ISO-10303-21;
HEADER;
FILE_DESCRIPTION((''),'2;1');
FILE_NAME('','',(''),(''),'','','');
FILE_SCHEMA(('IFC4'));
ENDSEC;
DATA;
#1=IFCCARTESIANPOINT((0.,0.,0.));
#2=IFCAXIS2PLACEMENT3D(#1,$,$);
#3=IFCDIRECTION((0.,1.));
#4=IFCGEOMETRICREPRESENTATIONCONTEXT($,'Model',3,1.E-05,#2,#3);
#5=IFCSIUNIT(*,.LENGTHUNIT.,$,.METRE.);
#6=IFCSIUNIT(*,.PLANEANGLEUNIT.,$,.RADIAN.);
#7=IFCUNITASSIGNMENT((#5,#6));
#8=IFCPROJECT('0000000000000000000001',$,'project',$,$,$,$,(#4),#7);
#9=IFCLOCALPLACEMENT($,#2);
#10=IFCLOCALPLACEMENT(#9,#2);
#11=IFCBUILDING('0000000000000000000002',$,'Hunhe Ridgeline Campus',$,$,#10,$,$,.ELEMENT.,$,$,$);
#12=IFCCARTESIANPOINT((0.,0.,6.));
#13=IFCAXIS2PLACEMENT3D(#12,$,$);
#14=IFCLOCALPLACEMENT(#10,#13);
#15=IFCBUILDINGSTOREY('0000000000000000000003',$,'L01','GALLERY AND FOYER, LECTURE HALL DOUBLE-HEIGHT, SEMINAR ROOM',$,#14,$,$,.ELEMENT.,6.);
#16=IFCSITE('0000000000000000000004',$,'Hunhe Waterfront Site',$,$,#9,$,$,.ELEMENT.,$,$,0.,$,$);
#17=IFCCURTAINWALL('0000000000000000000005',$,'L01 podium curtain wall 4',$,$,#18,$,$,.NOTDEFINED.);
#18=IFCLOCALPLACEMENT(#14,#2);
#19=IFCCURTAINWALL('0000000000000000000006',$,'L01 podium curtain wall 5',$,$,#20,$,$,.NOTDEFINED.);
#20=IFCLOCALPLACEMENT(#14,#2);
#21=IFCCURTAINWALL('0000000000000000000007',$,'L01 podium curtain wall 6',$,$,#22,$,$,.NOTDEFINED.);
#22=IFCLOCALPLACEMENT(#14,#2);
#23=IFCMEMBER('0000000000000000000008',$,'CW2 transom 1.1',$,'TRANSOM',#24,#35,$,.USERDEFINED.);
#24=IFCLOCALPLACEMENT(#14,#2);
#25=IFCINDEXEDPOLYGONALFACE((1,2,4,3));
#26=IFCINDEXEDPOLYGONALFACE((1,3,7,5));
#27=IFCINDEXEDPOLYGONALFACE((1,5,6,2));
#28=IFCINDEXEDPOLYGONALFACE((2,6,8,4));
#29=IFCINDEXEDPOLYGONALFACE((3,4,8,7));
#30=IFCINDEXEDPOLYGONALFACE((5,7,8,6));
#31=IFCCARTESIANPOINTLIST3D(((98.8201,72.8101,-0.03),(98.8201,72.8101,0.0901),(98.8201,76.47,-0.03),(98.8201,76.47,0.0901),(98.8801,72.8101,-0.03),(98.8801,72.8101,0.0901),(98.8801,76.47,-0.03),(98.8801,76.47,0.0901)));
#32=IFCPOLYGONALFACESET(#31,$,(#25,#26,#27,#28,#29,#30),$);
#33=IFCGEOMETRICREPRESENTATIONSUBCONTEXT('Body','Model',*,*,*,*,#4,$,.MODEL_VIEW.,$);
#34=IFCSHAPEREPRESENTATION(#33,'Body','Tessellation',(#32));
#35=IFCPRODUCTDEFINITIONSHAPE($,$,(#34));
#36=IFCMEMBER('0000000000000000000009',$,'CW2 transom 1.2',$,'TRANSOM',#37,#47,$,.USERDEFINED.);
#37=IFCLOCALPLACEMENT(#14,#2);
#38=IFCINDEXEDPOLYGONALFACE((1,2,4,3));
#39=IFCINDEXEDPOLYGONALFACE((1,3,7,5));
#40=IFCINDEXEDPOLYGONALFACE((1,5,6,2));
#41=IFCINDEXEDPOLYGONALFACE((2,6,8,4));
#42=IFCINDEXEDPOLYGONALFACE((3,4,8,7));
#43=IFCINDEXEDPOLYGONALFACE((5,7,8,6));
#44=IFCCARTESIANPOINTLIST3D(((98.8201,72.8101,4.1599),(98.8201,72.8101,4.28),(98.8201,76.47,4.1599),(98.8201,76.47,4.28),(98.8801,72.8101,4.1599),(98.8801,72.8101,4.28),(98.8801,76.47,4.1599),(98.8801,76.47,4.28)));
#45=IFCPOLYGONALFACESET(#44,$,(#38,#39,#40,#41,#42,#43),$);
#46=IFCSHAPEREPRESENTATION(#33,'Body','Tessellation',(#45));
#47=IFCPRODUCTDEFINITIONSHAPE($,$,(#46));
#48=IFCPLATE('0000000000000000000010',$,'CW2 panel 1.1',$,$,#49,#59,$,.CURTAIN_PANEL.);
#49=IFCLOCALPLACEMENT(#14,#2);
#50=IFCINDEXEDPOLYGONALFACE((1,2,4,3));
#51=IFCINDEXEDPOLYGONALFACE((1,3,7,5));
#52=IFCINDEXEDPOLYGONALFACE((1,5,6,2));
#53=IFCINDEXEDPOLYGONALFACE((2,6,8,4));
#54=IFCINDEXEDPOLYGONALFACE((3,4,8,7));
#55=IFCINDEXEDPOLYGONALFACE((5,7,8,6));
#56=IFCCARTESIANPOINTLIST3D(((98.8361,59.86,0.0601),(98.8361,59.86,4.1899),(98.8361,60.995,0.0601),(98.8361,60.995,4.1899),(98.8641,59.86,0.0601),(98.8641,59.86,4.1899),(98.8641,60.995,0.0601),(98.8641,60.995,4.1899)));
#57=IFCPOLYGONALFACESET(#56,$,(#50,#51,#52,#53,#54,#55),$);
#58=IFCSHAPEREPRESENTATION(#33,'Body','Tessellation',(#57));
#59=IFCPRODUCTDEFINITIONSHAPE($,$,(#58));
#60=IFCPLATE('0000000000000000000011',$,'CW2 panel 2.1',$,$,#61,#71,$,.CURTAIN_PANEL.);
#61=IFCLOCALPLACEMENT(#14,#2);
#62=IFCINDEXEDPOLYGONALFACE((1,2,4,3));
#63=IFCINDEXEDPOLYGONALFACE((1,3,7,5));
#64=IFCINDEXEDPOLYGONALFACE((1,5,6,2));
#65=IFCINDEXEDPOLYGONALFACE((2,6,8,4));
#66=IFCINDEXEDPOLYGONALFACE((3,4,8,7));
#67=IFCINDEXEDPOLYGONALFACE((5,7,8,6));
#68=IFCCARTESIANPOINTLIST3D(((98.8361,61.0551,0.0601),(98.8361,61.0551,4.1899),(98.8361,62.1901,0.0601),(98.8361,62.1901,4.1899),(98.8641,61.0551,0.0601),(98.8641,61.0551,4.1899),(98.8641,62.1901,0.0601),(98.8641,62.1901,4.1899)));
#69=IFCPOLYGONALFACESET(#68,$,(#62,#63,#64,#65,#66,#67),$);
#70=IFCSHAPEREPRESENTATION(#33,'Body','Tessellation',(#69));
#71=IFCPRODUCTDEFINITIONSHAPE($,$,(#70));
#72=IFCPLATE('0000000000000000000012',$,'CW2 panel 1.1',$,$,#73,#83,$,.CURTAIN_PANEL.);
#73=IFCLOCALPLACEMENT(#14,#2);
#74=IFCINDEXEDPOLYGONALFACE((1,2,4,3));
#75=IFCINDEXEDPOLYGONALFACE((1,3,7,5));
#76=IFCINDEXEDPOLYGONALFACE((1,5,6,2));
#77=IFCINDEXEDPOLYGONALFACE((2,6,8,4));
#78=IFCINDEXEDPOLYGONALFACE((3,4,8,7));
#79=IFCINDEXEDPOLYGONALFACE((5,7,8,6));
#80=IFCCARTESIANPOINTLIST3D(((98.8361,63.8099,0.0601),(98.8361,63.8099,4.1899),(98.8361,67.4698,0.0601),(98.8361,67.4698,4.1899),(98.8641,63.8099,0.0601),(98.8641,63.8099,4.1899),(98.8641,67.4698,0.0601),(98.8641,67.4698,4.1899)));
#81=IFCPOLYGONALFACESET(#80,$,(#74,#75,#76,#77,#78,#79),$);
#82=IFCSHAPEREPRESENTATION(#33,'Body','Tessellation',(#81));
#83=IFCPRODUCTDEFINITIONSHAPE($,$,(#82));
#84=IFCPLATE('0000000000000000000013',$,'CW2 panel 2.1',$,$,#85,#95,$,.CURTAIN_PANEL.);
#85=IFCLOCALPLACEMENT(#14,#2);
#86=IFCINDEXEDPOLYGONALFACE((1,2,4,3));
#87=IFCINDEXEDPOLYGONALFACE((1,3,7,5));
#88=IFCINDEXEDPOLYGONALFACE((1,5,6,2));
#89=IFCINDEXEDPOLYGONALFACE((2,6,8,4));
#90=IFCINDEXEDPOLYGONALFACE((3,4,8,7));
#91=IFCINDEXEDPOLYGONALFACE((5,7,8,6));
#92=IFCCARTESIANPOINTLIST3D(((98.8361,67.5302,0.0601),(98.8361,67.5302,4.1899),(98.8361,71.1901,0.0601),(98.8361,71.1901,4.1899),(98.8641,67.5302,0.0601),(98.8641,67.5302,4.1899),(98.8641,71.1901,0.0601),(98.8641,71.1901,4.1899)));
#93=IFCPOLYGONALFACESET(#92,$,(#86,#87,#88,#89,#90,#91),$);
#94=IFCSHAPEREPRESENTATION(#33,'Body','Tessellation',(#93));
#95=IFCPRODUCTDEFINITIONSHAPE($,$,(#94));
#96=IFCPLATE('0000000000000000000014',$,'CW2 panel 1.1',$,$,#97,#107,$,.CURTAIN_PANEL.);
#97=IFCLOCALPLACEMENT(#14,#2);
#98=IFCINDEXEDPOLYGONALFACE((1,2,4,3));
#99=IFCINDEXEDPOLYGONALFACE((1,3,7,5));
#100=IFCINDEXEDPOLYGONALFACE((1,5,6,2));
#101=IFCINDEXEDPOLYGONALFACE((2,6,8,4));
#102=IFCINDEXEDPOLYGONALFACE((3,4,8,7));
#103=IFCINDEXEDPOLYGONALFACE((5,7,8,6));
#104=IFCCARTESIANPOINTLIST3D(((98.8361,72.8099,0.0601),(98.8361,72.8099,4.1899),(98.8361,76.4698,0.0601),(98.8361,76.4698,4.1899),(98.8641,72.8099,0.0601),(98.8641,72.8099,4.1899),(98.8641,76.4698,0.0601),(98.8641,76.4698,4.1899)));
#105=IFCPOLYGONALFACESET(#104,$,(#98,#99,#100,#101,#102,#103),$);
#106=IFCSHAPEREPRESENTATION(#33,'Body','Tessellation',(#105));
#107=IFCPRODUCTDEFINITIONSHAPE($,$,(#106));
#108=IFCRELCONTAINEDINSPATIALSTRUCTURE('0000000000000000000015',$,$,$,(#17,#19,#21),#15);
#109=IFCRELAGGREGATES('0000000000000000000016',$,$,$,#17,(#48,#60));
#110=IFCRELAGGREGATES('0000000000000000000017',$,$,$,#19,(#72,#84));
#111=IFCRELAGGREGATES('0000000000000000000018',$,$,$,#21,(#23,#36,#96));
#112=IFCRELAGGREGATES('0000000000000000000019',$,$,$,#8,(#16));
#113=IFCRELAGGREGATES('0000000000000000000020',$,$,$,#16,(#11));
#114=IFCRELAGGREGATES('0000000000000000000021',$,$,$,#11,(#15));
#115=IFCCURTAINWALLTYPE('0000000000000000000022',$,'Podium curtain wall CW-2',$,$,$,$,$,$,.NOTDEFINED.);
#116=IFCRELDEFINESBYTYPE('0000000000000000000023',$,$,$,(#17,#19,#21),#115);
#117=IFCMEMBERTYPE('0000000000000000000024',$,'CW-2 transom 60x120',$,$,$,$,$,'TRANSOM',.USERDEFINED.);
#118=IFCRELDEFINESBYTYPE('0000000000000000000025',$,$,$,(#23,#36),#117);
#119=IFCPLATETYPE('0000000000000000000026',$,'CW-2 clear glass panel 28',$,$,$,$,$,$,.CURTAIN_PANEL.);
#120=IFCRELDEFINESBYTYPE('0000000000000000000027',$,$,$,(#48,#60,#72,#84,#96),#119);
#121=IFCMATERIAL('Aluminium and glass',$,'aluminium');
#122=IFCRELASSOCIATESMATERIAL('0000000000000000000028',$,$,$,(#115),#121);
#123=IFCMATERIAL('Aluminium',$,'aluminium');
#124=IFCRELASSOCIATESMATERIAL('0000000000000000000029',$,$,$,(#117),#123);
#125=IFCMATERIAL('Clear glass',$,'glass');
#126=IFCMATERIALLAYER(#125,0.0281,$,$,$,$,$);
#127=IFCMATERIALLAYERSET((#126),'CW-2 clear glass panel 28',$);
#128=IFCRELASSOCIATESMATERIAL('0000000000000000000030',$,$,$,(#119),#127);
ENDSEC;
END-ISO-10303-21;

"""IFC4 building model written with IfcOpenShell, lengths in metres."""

from ifc_helpers import new_model, si_unit, direction, frame, origin, origin_2d, place, context, subcontext, project, spatial, rectangle, extrude, material, layer, layer_set, material_profile, profile_set, type_object, element, aggregate, save


model = new_model("IFC4")

# Units and contexts
model_context = context("Model", 3, precision=1e-05, world=origin(), true_north=direction((0.0, 1.0)))
body_context = subcontext(model_context, "Body", "Model", "MODEL_VIEW")
ifc_project = project(units=[si_unit("LENGTHUNIT", "METRE"), si_unit("PLANEANGLEUNIT", "RADIAN")], contexts=[model_context])

# Site, building, storey
site_placement = place(None, origin())
site = spatial("IfcSite", under=ifc_project, at=site_placement, Name="Hunhe Waterfront Site", CompositionType="ELEMENT", RefElevation=0.0)
building_placement = place(site_placement, origin())
building = spatial("IfcBuilding", under=site, at=building_placement, Name="Hunhe Ridgeline Campus", CompositionType="ELEMENT")
storey_placement = place(building_placement, frame((0.0, 0.0, 6.0)))
storey = spatial("IfcBuildingStorey", under=building, at=storey_placement, Name="L01", Description="GALLERY AND FOYER, LECTURE HALL DOUBLE-HEIGHT, SEMINAR ROOM", CompositionType="ELEMENT", Elevation=6.0)

# Curtain walls
ifc_material_1 = material(Name="Aluminium and glass", Category="aluminium")
curtain_wall_type = type_object("IfcCurtainWallType", Name="Podium curtain wall CW-2", PredefinedType="NOTDEFINED", material=ifc_material_1)
curtain_wall_1_placement = place(storey_placement, origin())
curtain_wall_1 = element("IfcCurtainWall", 1, at=curtain_wall_1_placement, inside=storey, type_object=curtain_wall_type, Name="L01 podium curtain wall 4", PredefinedType="NOTDEFINED")
ifc_material_2 = material(Name="Aluminium", Category="aluminium")
curtain_wall_2_placement = place(storey_placement, origin())
curtain_wall_2 = element("IfcCurtainWall", 2, at=curtain_wall_2_placement, inside=storey, type_object=curtain_wall_type, Name="L01 podium curtain wall 5", PredefinedType="NOTDEFINED")
curtain_wall_3_placement = place(storey_placement, origin())
curtain_wall_3 = element("IfcCurtainWall", 3, at=curtain_wall_3_placement, inside=storey, type_object=curtain_wall_type, Name="L01 podium curtain wall 6", PredefinedType="NOTDEFINED")

# Members
ifc_material_profile_1 = material_profile(ifc_material_2, rectangle(XDim=0.0601, YDim=0.1201, at=origin_2d()))
ifc_profile_set_1 = profile_set([ifc_material_profile_1], Name="Aluminium")
member_type_1 = type_object("IfcMemberType", Name="CW-2 transom 60x120", ElementType="TRANSOM", PredefinedType="USERDEFINED", material=ifc_profile_set_1)
member_1_placement = place(storey_placement, frame((98.8501, 72.8101, 0.03), z_axis=(0.0, 1.0, 0.0), x_axis=(-1.0, 0.0, 0.0)))
member_1 = element("IfcMember", 4, at=member_1_placement, type_object=member_type_1, Name="CW2 transom 1.1", ObjectType="TRANSOM", PredefinedType="USERDEFINED", context=body_context, shape_type="SweptSolid", body=[
    extrude(rectangle(XDim=0.0601, YDim=0.1201, at=origin_2d()), origin(), (0.0, 0.0, 1.0), 3.6599),
])
member_2_placement = place(storey_placement, frame((98.8501, 72.8101, 4.22), z_axis=(0.0, 1.0, 0.0), x_axis=(-1.0, 0.0, 0.0)))
member_2 = element("IfcMember", 5, at=member_2_placement, type_object=member_type_1, Name="CW2 transom 1.2", ObjectType="TRANSOM", PredefinedType="USERDEFINED", context=body_context, shape_type="SweptSolid", body=[
    extrude(rectangle(XDim=0.0601, YDim=0.1201, at=origin_2d()), origin(), (0.0, 0.0, 1.0), 3.6599),
])

# Plates
ifc_material_3 = material(Name="Clear glass", Category="glass")
ifc_layer_1 = layer(ifc_material_3, 0.0281)
ifc_layer_set_1 = layer_set([ifc_layer_1], Name="CW-2 clear glass panel 28")
plate_type = type_object("IfcPlateType", Name="CW-2 clear glass panel 28", PredefinedType="CURTAIN_PANEL", material=ifc_layer_set_1)
plate_1_placement = place(storey_placement, frame((98.8501, 60.4275, 0.0601), z_axis=(0.0, 0.0, 1.0), x_axis=(0.0, 1.0, 0.0)))
plate_1 = element("IfcPlate", 6, at=plate_1_placement, type_object=plate_type, Name="CW2 panel 1.1", PredefinedType="CURTAIN_PANEL", context=body_context, shape_type="SweptSolid", body=[
    extrude(rectangle(XDim=1.135, YDim=0.0281, at=origin_2d()), origin(), (0.0, 0.0, 1.0), 4.1299),
])
plate_2_placement = place(storey_placement, frame((98.8501, 61.6226, 0.0601), z_axis=(0.0, 0.0, 1.0), x_axis=(0.0, 1.0, 0.0)))
plate_2 = element("IfcPlate", 7, at=plate_2_placement, type_object=plate_type, Name="CW2 panel 2.1", PredefinedType="CURTAIN_PANEL", context=body_context, shape_type="SweptSolid", body=[
    extrude(rectangle(XDim=1.135, YDim=0.0281, at=origin_2d()), origin(), (0.0, 0.0, 1.0), 4.1299),
])
aggregate(curtain_wall_1, [plate_1, plate_2])
plate_3_placement = place(storey_placement, frame((98.8501, 65.6399, 0.0601), z_axis=(0.0, 0.0, 1.0), x_axis=(0.0, 1.0, 0.0)))
plate_3 = element("IfcPlate", 8, at=plate_3_placement, type_object=plate_type, Name="CW2 panel 1.1", PredefinedType="CURTAIN_PANEL", context=body_context, shape_type="SweptSolid", body=[
    extrude(rectangle(XDim=3.6599, YDim=0.0281, at=origin_2d()), origin(), (0.0, 0.0, 1.0), 4.1299),
])
plate_4_placement = place(storey_placement, frame((98.8501, 69.3601, 0.0601), z_axis=(0.0, 0.0, 1.0), x_axis=(0.0, 1.0, 0.0)))
plate_4 = element("IfcPlate", 9, at=plate_4_placement, type_object=plate_type, Name="CW2 panel 2.1", PredefinedType="CURTAIN_PANEL", context=body_context, shape_type="SweptSolid", body=[
    extrude(rectangle(XDim=3.6599, YDim=0.0281, at=origin_2d()), origin(), (0.0, 0.0, 1.0), 4.1299),
])
aggregate(curtain_wall_2, [plate_3, plate_4])
plate_5_placement = place(storey_placement, frame((98.8501, 74.6399, 0.0601), z_axis=(0.0, 0.0, 1.0), x_axis=(0.0, 1.0, 0.0)))
plate_5 = element("IfcPlate", 10, at=plate_5_placement, type_object=plate_type, Name="CW2 panel 1.1", PredefinedType="CURTAIN_PANEL", context=body_context, shape_type="SweptSolid", body=[
    extrude(rectangle(XDim=3.6599, YDim=0.0281, at=origin_2d()), origin(), (0.0, 0.0, 1.0), 4.1299),
])
aggregate(curtain_wall_3, [member_1, member_2, plate_5])

save(model, "model.ifc")
